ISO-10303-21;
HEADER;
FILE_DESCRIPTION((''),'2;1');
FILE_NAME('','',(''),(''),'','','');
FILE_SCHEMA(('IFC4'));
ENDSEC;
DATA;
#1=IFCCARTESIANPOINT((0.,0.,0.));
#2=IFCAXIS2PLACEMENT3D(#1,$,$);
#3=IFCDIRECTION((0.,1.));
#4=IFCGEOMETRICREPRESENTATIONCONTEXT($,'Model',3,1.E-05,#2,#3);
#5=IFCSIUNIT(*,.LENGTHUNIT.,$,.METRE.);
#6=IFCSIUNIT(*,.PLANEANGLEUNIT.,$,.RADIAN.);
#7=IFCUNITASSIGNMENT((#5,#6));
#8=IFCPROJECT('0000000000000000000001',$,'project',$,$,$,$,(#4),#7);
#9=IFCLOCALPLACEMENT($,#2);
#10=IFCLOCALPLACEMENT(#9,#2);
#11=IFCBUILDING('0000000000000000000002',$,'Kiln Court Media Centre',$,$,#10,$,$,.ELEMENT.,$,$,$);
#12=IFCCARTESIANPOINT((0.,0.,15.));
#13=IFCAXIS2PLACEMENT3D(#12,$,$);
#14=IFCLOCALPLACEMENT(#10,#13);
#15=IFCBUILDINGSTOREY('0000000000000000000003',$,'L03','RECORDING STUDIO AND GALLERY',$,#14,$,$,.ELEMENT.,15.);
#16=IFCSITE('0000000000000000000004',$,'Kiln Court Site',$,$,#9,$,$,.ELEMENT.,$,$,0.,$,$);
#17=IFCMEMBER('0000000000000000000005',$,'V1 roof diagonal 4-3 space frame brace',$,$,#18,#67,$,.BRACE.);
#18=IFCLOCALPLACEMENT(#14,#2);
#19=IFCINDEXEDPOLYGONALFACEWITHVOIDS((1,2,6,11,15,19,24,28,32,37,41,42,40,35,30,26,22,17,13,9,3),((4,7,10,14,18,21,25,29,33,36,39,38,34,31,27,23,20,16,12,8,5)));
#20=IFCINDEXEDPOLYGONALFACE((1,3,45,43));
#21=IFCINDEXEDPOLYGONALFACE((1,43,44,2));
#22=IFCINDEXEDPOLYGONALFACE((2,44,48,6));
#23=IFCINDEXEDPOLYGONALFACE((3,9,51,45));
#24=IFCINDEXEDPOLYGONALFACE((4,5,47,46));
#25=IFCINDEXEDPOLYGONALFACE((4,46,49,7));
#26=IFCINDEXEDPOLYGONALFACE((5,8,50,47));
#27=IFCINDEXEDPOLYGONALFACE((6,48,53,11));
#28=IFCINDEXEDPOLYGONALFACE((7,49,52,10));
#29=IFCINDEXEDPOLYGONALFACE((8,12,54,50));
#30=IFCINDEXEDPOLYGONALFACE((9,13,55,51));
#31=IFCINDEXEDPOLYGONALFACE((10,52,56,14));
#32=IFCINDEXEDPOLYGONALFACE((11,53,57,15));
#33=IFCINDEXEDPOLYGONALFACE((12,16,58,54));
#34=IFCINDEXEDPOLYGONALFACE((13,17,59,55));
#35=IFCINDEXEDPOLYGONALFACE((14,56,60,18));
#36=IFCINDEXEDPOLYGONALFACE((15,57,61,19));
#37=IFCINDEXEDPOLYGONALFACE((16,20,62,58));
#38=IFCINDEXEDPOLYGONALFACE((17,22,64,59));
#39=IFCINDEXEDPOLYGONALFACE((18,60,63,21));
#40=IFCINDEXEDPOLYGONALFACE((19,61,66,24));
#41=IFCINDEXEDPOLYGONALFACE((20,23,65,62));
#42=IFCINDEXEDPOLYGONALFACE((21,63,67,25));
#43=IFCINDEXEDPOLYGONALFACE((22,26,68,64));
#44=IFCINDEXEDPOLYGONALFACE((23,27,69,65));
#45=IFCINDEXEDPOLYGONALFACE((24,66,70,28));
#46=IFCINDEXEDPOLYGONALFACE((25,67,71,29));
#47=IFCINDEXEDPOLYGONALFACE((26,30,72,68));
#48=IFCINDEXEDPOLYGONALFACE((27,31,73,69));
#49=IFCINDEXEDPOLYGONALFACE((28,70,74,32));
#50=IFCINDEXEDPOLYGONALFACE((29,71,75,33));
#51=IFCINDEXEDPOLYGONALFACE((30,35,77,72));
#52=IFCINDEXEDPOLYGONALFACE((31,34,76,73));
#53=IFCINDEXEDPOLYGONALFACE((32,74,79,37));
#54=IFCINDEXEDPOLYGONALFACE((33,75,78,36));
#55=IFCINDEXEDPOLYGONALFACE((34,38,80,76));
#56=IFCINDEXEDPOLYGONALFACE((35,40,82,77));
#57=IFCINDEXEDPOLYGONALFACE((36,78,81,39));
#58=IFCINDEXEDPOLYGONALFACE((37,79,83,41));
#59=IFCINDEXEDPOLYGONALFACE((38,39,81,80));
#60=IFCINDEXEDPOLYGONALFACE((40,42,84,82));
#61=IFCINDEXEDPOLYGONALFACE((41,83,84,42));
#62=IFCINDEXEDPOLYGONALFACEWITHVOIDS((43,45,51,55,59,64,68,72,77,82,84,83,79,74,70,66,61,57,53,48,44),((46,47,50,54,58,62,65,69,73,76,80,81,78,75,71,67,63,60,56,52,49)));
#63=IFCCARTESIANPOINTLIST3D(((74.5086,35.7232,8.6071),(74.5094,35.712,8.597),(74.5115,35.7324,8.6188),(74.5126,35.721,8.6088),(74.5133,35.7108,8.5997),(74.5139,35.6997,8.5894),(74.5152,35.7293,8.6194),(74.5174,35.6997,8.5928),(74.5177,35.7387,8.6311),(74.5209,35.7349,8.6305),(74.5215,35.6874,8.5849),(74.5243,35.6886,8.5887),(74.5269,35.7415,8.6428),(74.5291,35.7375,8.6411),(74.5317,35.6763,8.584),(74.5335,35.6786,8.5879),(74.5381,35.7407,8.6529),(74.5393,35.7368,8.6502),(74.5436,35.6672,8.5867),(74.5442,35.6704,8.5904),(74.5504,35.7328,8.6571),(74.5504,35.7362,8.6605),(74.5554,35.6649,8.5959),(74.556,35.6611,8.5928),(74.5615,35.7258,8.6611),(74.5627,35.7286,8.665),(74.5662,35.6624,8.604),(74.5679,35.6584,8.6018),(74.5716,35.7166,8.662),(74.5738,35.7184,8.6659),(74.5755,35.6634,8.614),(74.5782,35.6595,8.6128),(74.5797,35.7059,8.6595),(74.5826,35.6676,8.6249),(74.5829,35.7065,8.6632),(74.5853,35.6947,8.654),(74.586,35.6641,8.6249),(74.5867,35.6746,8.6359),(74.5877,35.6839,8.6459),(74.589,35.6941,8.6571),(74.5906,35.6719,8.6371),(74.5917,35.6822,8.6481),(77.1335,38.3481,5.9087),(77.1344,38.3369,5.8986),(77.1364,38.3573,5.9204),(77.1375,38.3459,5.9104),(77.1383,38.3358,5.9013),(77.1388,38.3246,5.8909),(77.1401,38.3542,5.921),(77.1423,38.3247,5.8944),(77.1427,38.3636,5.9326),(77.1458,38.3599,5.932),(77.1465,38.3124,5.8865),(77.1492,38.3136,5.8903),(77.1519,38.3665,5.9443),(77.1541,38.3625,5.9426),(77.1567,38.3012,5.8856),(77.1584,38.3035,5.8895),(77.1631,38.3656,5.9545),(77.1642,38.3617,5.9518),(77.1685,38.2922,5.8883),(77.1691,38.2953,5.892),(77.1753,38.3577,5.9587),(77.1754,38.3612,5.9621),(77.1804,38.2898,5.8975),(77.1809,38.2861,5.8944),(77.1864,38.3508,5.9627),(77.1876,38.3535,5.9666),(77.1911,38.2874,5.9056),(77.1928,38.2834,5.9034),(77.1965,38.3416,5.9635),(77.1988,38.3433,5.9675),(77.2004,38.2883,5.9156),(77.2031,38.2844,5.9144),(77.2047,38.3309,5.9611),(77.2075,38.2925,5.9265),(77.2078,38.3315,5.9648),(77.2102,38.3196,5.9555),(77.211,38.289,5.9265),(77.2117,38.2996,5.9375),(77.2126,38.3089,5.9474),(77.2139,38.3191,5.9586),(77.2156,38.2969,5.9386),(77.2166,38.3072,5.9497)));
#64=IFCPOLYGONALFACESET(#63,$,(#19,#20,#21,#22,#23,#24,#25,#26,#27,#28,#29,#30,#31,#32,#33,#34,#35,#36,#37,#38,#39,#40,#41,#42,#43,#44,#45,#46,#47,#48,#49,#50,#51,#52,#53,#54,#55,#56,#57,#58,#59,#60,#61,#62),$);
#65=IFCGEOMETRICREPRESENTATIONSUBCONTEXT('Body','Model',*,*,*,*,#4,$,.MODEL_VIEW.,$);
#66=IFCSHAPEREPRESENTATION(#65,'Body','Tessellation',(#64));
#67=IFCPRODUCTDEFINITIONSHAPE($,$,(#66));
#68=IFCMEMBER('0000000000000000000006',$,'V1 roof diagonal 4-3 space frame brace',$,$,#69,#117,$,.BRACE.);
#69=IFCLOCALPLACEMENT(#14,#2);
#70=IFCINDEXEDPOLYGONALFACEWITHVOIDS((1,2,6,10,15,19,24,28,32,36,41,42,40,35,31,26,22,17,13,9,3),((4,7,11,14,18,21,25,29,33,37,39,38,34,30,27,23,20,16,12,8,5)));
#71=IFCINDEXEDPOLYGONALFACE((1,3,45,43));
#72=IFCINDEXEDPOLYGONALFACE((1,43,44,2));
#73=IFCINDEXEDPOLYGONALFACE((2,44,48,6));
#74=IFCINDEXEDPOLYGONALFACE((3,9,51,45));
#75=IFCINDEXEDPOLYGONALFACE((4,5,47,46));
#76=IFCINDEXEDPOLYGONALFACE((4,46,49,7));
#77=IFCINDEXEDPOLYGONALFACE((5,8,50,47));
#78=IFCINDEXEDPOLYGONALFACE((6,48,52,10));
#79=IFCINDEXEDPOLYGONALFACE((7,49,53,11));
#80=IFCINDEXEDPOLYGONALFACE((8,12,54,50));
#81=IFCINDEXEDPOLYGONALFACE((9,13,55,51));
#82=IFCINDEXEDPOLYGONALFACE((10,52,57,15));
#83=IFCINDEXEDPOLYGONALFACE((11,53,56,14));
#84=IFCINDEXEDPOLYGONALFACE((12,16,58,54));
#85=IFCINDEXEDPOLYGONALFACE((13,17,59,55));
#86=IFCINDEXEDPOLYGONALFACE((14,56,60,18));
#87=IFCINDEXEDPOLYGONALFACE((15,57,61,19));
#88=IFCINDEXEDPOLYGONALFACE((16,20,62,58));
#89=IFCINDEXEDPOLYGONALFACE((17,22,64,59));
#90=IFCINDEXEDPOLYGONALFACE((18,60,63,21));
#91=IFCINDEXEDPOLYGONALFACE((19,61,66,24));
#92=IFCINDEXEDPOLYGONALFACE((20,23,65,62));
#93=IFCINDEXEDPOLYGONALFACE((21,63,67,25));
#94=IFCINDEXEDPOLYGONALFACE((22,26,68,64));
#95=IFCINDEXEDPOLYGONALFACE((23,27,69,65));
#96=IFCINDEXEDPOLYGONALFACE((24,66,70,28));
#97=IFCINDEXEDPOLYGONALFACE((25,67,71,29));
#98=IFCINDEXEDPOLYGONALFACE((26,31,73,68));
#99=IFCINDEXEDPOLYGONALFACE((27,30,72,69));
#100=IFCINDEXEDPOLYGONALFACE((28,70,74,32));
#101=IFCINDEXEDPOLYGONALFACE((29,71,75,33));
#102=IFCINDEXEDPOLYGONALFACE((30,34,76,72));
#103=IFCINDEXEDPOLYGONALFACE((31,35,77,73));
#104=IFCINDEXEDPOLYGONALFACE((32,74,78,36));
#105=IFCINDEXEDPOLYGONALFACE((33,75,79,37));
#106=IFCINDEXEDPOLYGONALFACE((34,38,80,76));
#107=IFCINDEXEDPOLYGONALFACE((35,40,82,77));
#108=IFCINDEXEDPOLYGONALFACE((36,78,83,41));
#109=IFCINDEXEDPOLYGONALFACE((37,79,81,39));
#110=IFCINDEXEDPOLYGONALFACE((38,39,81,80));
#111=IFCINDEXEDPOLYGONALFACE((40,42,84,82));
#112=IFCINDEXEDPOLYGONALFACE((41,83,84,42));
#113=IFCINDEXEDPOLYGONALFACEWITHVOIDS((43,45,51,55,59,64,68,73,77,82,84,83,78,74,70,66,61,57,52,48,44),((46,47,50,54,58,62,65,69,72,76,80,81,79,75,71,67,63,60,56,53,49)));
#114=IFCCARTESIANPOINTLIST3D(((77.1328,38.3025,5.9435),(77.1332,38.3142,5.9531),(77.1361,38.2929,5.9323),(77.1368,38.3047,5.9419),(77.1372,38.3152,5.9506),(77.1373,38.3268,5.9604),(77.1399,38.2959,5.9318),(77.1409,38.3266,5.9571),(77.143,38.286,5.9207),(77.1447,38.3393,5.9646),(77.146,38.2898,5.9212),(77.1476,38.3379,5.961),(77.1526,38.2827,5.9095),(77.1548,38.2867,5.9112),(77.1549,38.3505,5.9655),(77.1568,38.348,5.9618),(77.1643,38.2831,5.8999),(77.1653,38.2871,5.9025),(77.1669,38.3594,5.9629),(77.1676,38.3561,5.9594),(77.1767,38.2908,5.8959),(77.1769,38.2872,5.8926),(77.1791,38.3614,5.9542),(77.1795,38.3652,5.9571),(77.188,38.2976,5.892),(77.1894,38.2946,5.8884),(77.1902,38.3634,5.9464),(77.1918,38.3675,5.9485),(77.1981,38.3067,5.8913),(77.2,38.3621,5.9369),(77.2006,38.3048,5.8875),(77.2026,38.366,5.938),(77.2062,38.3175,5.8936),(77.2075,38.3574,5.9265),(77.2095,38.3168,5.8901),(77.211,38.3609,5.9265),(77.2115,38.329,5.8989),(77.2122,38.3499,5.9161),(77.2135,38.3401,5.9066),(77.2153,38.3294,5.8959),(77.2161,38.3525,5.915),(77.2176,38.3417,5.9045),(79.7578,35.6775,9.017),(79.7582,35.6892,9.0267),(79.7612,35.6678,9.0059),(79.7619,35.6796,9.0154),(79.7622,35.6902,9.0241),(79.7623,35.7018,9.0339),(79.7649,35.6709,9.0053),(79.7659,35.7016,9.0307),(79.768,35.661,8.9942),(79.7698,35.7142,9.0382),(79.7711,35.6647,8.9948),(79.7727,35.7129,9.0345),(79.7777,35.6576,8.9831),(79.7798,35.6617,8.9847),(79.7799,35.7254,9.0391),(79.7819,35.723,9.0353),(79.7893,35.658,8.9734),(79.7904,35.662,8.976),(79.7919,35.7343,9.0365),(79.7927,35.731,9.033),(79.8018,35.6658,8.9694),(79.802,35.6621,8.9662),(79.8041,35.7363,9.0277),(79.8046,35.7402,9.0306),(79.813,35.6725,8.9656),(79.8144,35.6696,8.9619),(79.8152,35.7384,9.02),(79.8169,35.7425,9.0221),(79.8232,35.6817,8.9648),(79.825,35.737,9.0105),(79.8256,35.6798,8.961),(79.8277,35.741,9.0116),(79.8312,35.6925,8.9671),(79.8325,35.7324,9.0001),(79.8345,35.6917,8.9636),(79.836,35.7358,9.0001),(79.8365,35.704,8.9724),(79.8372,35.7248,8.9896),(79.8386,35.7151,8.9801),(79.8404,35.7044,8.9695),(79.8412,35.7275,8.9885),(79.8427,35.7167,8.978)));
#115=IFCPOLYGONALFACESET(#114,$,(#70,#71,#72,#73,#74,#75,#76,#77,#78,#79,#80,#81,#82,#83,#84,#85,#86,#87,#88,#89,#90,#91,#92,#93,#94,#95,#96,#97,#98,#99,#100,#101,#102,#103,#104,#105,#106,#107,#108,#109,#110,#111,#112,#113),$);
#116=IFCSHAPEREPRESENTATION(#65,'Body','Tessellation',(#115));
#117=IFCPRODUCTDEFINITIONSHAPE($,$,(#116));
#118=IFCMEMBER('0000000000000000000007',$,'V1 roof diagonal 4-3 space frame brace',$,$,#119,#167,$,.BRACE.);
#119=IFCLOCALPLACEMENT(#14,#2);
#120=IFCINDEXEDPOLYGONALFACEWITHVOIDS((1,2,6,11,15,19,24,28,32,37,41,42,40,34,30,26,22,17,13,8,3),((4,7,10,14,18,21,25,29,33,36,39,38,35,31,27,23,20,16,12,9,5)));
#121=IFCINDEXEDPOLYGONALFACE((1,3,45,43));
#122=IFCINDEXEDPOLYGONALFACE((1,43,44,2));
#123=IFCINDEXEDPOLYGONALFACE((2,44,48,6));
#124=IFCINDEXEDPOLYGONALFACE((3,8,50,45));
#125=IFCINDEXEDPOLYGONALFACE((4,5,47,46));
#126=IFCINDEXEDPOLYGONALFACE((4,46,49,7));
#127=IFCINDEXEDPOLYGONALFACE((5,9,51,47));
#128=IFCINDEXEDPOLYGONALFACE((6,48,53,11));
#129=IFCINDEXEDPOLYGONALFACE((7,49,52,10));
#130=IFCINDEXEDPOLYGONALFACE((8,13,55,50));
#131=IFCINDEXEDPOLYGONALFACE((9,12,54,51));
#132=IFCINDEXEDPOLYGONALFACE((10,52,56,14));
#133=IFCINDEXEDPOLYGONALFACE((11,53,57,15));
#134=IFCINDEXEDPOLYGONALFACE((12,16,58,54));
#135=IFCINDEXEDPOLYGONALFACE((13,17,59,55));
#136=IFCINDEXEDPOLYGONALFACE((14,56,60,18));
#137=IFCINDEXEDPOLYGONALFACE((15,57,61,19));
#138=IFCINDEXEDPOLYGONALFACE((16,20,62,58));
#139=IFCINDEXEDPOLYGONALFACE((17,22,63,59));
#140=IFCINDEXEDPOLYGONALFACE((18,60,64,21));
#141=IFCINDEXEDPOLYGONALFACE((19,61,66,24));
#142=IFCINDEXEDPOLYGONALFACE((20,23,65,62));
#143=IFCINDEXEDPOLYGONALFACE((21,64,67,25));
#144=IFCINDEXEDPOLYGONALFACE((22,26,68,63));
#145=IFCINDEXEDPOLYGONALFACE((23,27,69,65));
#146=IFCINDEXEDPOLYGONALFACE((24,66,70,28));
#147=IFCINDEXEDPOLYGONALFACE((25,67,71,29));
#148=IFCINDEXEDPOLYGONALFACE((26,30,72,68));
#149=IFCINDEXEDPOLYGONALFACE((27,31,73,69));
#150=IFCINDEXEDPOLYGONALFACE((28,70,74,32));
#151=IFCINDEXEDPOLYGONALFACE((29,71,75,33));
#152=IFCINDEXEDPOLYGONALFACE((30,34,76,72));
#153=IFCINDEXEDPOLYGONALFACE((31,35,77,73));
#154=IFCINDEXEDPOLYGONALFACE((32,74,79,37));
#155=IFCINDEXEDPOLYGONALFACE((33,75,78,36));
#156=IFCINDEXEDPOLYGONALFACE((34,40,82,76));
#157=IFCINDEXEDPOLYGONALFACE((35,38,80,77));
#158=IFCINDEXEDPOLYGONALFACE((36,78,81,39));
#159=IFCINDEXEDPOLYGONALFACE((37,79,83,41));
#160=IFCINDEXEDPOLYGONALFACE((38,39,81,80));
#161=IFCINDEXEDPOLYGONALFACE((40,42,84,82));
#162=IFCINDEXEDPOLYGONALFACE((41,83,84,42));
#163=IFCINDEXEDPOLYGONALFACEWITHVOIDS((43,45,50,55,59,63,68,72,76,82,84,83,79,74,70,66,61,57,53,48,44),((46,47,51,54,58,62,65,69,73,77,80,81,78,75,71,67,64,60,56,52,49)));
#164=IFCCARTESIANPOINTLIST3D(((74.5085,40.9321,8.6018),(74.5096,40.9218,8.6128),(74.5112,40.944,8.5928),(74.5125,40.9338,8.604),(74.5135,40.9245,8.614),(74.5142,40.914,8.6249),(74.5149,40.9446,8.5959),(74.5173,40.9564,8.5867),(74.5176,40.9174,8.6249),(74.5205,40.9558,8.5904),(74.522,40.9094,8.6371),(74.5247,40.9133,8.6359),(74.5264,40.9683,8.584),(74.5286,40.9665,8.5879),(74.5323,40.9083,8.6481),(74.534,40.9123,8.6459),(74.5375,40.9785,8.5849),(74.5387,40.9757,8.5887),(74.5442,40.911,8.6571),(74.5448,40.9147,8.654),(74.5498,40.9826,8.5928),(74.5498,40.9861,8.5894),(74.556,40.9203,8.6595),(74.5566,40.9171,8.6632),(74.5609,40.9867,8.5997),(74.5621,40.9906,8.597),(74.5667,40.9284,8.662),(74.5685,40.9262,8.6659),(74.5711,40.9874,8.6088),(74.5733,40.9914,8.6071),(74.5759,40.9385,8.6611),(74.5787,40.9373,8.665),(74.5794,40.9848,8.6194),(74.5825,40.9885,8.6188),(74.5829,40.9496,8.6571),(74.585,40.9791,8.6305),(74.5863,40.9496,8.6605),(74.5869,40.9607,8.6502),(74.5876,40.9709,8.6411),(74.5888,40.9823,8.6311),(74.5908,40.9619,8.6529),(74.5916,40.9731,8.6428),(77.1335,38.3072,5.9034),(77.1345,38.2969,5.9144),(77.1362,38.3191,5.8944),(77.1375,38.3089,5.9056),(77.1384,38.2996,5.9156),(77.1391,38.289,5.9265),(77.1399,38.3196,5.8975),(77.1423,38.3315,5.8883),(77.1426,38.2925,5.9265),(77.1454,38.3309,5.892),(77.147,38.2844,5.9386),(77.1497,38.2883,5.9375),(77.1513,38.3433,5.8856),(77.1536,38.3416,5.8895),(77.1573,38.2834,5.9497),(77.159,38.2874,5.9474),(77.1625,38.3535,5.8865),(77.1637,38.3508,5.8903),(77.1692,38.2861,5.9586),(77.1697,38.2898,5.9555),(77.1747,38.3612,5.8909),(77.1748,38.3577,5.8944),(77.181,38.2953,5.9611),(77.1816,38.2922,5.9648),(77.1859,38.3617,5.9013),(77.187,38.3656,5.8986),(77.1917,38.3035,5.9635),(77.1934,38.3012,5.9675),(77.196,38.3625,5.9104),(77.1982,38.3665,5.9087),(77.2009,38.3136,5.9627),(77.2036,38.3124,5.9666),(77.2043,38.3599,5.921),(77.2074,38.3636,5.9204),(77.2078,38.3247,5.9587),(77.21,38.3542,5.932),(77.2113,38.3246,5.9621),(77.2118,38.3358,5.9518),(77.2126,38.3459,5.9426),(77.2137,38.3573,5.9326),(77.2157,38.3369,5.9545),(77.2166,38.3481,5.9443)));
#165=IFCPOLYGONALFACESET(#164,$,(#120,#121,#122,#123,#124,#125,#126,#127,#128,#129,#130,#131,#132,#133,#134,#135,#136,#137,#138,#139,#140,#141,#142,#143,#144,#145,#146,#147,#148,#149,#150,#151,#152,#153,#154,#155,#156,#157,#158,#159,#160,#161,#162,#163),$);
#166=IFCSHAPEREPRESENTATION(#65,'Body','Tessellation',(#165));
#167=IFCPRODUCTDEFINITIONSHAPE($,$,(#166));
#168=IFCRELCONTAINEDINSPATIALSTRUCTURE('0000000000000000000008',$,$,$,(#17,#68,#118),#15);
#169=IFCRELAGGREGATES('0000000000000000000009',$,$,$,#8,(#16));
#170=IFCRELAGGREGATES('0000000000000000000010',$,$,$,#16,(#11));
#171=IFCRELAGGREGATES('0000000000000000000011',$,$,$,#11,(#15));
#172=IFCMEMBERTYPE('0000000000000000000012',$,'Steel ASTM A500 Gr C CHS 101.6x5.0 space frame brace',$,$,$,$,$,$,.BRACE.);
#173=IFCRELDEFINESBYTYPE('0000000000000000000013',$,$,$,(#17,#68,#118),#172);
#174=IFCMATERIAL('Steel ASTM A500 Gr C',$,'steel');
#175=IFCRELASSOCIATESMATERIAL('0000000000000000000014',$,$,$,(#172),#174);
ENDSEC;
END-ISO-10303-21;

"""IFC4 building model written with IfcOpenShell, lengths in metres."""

from ifc_helpers import new_model, si_unit, direction, frame, origin, origin_2d, place, context, subcontext, project, spatial, hollow_circle, extrude, material, material_profile, profile_set, type_object, element, save


model = new_model("IFC4")

# Units and contexts
model_context = context("Model", 3, precision=1e-05, world=origin(), true_north=direction((0.0, 1.0)))
body_context = subcontext(model_context, "Body", "Model", "MODEL_VIEW")
ifc_project = project(units=[si_unit("LENGTHUNIT", "METRE"), si_unit("PLANEANGLEUNIT", "RADIAN")], contexts=[model_context])

# Site, building, storey
site_placement = place(None, origin())
site = spatial("IfcSite", under=ifc_project, at=site_placement, Name="Kiln Court Site", CompositionType="ELEMENT", RefElevation=0.0)
building_placement = place(site_placement, origin())
building = spatial("IfcBuilding", under=site, at=building_placement, Name="Kiln Court Media Centre", CompositionType="ELEMENT")
storey_placement = place(building_placement, frame((0.0, 0.0, 15.0)))
storey = spatial("IfcBuildingStorey", under=building, at=storey_placement, Name="L03", Description="RECORDING STUDIO AND GALLERY", CompositionType="ELEMENT", Elevation=15.0)

# Members
ifc_material_1 = material(Name="Steel ASTM A500 Gr C", Category="steel")
ifc_material_profile_1 = material_profile(ifc_material_1, hollow_circle(Radius=0.0508, WallThickness=0.0049, at=origin_2d()), Name="CHS 101.6x5.0")
ifc_profile_set_1 = profile_set([ifc_material_profile_1], Name="Steel ASTM A500 Gr C")
member_type_1 = type_object("IfcMemberType", Name="Steel ASTM A500 Gr C CHS 101.6x5.0 space frame brace", PredefinedType="BRACE", material=ifc_profile_set_1)
member_1_placement = place(storey_placement, frame((77.175, 38.325, 5.9265), z_axis=(-0.571964, -0.571964, 0.587976), x_axis=(0.707107, -0.707107, 0.0)))
element("IfcMember", 1, at=member_1_placement, inside=storey, type_object=member_type_1, Name="V1 roof diagonal 4-3 space frame brace", PredefinedType="BRACE", context=body_context, shape_type="SweptSolid", body=[
    extrude(hollow_circle(Radius=0.0508, WallThickness=0.0049, at=origin_2d()), origin(), (0.0, 0.0, 1.0), 4.5894),
])
member_2_placement = place(storey_placement, frame((77.175, 38.325, 5.9265), z_axis=(0.544662, -0.544662, 0.637719), x_axis=(0.707107, 0.707107, 0.0)))
element("IfcMember", 2, at=member_2_placement, inside=storey, type_object=member_type_1, Name="V1 roof diagonal 4-3 space frame brace", PredefinedType="BRACE", context=body_context, shape_type="SweptSolid", body=[
    extrude(hollow_circle(Radius=0.0508, WallThickness=0.0049, at=origin_2d()), origin(), (0.0, 0.0, 1.0), 4.8196),
])
member_3_placement = place(storey_placement, frame((77.175, 38.325, 5.9265), z_axis=(-0.571964, 0.571964, 0.587976), x_axis=(-0.707107, -0.707107, 0.0)))
element("IfcMember", 3, at=member_3_placement, inside=storey, type_object=member_type_1, Name="V1 roof diagonal 4-3 space frame brace", PredefinedType="BRACE", context=body_context, shape_type="SweptSolid", body=[
    extrude(hollow_circle(Radius=0.0508, WallThickness=0.0049, at=origin_2d()), origin(), (0.0, 0.0, 1.0), 4.5894),
])

save(model, "model.ifc")
